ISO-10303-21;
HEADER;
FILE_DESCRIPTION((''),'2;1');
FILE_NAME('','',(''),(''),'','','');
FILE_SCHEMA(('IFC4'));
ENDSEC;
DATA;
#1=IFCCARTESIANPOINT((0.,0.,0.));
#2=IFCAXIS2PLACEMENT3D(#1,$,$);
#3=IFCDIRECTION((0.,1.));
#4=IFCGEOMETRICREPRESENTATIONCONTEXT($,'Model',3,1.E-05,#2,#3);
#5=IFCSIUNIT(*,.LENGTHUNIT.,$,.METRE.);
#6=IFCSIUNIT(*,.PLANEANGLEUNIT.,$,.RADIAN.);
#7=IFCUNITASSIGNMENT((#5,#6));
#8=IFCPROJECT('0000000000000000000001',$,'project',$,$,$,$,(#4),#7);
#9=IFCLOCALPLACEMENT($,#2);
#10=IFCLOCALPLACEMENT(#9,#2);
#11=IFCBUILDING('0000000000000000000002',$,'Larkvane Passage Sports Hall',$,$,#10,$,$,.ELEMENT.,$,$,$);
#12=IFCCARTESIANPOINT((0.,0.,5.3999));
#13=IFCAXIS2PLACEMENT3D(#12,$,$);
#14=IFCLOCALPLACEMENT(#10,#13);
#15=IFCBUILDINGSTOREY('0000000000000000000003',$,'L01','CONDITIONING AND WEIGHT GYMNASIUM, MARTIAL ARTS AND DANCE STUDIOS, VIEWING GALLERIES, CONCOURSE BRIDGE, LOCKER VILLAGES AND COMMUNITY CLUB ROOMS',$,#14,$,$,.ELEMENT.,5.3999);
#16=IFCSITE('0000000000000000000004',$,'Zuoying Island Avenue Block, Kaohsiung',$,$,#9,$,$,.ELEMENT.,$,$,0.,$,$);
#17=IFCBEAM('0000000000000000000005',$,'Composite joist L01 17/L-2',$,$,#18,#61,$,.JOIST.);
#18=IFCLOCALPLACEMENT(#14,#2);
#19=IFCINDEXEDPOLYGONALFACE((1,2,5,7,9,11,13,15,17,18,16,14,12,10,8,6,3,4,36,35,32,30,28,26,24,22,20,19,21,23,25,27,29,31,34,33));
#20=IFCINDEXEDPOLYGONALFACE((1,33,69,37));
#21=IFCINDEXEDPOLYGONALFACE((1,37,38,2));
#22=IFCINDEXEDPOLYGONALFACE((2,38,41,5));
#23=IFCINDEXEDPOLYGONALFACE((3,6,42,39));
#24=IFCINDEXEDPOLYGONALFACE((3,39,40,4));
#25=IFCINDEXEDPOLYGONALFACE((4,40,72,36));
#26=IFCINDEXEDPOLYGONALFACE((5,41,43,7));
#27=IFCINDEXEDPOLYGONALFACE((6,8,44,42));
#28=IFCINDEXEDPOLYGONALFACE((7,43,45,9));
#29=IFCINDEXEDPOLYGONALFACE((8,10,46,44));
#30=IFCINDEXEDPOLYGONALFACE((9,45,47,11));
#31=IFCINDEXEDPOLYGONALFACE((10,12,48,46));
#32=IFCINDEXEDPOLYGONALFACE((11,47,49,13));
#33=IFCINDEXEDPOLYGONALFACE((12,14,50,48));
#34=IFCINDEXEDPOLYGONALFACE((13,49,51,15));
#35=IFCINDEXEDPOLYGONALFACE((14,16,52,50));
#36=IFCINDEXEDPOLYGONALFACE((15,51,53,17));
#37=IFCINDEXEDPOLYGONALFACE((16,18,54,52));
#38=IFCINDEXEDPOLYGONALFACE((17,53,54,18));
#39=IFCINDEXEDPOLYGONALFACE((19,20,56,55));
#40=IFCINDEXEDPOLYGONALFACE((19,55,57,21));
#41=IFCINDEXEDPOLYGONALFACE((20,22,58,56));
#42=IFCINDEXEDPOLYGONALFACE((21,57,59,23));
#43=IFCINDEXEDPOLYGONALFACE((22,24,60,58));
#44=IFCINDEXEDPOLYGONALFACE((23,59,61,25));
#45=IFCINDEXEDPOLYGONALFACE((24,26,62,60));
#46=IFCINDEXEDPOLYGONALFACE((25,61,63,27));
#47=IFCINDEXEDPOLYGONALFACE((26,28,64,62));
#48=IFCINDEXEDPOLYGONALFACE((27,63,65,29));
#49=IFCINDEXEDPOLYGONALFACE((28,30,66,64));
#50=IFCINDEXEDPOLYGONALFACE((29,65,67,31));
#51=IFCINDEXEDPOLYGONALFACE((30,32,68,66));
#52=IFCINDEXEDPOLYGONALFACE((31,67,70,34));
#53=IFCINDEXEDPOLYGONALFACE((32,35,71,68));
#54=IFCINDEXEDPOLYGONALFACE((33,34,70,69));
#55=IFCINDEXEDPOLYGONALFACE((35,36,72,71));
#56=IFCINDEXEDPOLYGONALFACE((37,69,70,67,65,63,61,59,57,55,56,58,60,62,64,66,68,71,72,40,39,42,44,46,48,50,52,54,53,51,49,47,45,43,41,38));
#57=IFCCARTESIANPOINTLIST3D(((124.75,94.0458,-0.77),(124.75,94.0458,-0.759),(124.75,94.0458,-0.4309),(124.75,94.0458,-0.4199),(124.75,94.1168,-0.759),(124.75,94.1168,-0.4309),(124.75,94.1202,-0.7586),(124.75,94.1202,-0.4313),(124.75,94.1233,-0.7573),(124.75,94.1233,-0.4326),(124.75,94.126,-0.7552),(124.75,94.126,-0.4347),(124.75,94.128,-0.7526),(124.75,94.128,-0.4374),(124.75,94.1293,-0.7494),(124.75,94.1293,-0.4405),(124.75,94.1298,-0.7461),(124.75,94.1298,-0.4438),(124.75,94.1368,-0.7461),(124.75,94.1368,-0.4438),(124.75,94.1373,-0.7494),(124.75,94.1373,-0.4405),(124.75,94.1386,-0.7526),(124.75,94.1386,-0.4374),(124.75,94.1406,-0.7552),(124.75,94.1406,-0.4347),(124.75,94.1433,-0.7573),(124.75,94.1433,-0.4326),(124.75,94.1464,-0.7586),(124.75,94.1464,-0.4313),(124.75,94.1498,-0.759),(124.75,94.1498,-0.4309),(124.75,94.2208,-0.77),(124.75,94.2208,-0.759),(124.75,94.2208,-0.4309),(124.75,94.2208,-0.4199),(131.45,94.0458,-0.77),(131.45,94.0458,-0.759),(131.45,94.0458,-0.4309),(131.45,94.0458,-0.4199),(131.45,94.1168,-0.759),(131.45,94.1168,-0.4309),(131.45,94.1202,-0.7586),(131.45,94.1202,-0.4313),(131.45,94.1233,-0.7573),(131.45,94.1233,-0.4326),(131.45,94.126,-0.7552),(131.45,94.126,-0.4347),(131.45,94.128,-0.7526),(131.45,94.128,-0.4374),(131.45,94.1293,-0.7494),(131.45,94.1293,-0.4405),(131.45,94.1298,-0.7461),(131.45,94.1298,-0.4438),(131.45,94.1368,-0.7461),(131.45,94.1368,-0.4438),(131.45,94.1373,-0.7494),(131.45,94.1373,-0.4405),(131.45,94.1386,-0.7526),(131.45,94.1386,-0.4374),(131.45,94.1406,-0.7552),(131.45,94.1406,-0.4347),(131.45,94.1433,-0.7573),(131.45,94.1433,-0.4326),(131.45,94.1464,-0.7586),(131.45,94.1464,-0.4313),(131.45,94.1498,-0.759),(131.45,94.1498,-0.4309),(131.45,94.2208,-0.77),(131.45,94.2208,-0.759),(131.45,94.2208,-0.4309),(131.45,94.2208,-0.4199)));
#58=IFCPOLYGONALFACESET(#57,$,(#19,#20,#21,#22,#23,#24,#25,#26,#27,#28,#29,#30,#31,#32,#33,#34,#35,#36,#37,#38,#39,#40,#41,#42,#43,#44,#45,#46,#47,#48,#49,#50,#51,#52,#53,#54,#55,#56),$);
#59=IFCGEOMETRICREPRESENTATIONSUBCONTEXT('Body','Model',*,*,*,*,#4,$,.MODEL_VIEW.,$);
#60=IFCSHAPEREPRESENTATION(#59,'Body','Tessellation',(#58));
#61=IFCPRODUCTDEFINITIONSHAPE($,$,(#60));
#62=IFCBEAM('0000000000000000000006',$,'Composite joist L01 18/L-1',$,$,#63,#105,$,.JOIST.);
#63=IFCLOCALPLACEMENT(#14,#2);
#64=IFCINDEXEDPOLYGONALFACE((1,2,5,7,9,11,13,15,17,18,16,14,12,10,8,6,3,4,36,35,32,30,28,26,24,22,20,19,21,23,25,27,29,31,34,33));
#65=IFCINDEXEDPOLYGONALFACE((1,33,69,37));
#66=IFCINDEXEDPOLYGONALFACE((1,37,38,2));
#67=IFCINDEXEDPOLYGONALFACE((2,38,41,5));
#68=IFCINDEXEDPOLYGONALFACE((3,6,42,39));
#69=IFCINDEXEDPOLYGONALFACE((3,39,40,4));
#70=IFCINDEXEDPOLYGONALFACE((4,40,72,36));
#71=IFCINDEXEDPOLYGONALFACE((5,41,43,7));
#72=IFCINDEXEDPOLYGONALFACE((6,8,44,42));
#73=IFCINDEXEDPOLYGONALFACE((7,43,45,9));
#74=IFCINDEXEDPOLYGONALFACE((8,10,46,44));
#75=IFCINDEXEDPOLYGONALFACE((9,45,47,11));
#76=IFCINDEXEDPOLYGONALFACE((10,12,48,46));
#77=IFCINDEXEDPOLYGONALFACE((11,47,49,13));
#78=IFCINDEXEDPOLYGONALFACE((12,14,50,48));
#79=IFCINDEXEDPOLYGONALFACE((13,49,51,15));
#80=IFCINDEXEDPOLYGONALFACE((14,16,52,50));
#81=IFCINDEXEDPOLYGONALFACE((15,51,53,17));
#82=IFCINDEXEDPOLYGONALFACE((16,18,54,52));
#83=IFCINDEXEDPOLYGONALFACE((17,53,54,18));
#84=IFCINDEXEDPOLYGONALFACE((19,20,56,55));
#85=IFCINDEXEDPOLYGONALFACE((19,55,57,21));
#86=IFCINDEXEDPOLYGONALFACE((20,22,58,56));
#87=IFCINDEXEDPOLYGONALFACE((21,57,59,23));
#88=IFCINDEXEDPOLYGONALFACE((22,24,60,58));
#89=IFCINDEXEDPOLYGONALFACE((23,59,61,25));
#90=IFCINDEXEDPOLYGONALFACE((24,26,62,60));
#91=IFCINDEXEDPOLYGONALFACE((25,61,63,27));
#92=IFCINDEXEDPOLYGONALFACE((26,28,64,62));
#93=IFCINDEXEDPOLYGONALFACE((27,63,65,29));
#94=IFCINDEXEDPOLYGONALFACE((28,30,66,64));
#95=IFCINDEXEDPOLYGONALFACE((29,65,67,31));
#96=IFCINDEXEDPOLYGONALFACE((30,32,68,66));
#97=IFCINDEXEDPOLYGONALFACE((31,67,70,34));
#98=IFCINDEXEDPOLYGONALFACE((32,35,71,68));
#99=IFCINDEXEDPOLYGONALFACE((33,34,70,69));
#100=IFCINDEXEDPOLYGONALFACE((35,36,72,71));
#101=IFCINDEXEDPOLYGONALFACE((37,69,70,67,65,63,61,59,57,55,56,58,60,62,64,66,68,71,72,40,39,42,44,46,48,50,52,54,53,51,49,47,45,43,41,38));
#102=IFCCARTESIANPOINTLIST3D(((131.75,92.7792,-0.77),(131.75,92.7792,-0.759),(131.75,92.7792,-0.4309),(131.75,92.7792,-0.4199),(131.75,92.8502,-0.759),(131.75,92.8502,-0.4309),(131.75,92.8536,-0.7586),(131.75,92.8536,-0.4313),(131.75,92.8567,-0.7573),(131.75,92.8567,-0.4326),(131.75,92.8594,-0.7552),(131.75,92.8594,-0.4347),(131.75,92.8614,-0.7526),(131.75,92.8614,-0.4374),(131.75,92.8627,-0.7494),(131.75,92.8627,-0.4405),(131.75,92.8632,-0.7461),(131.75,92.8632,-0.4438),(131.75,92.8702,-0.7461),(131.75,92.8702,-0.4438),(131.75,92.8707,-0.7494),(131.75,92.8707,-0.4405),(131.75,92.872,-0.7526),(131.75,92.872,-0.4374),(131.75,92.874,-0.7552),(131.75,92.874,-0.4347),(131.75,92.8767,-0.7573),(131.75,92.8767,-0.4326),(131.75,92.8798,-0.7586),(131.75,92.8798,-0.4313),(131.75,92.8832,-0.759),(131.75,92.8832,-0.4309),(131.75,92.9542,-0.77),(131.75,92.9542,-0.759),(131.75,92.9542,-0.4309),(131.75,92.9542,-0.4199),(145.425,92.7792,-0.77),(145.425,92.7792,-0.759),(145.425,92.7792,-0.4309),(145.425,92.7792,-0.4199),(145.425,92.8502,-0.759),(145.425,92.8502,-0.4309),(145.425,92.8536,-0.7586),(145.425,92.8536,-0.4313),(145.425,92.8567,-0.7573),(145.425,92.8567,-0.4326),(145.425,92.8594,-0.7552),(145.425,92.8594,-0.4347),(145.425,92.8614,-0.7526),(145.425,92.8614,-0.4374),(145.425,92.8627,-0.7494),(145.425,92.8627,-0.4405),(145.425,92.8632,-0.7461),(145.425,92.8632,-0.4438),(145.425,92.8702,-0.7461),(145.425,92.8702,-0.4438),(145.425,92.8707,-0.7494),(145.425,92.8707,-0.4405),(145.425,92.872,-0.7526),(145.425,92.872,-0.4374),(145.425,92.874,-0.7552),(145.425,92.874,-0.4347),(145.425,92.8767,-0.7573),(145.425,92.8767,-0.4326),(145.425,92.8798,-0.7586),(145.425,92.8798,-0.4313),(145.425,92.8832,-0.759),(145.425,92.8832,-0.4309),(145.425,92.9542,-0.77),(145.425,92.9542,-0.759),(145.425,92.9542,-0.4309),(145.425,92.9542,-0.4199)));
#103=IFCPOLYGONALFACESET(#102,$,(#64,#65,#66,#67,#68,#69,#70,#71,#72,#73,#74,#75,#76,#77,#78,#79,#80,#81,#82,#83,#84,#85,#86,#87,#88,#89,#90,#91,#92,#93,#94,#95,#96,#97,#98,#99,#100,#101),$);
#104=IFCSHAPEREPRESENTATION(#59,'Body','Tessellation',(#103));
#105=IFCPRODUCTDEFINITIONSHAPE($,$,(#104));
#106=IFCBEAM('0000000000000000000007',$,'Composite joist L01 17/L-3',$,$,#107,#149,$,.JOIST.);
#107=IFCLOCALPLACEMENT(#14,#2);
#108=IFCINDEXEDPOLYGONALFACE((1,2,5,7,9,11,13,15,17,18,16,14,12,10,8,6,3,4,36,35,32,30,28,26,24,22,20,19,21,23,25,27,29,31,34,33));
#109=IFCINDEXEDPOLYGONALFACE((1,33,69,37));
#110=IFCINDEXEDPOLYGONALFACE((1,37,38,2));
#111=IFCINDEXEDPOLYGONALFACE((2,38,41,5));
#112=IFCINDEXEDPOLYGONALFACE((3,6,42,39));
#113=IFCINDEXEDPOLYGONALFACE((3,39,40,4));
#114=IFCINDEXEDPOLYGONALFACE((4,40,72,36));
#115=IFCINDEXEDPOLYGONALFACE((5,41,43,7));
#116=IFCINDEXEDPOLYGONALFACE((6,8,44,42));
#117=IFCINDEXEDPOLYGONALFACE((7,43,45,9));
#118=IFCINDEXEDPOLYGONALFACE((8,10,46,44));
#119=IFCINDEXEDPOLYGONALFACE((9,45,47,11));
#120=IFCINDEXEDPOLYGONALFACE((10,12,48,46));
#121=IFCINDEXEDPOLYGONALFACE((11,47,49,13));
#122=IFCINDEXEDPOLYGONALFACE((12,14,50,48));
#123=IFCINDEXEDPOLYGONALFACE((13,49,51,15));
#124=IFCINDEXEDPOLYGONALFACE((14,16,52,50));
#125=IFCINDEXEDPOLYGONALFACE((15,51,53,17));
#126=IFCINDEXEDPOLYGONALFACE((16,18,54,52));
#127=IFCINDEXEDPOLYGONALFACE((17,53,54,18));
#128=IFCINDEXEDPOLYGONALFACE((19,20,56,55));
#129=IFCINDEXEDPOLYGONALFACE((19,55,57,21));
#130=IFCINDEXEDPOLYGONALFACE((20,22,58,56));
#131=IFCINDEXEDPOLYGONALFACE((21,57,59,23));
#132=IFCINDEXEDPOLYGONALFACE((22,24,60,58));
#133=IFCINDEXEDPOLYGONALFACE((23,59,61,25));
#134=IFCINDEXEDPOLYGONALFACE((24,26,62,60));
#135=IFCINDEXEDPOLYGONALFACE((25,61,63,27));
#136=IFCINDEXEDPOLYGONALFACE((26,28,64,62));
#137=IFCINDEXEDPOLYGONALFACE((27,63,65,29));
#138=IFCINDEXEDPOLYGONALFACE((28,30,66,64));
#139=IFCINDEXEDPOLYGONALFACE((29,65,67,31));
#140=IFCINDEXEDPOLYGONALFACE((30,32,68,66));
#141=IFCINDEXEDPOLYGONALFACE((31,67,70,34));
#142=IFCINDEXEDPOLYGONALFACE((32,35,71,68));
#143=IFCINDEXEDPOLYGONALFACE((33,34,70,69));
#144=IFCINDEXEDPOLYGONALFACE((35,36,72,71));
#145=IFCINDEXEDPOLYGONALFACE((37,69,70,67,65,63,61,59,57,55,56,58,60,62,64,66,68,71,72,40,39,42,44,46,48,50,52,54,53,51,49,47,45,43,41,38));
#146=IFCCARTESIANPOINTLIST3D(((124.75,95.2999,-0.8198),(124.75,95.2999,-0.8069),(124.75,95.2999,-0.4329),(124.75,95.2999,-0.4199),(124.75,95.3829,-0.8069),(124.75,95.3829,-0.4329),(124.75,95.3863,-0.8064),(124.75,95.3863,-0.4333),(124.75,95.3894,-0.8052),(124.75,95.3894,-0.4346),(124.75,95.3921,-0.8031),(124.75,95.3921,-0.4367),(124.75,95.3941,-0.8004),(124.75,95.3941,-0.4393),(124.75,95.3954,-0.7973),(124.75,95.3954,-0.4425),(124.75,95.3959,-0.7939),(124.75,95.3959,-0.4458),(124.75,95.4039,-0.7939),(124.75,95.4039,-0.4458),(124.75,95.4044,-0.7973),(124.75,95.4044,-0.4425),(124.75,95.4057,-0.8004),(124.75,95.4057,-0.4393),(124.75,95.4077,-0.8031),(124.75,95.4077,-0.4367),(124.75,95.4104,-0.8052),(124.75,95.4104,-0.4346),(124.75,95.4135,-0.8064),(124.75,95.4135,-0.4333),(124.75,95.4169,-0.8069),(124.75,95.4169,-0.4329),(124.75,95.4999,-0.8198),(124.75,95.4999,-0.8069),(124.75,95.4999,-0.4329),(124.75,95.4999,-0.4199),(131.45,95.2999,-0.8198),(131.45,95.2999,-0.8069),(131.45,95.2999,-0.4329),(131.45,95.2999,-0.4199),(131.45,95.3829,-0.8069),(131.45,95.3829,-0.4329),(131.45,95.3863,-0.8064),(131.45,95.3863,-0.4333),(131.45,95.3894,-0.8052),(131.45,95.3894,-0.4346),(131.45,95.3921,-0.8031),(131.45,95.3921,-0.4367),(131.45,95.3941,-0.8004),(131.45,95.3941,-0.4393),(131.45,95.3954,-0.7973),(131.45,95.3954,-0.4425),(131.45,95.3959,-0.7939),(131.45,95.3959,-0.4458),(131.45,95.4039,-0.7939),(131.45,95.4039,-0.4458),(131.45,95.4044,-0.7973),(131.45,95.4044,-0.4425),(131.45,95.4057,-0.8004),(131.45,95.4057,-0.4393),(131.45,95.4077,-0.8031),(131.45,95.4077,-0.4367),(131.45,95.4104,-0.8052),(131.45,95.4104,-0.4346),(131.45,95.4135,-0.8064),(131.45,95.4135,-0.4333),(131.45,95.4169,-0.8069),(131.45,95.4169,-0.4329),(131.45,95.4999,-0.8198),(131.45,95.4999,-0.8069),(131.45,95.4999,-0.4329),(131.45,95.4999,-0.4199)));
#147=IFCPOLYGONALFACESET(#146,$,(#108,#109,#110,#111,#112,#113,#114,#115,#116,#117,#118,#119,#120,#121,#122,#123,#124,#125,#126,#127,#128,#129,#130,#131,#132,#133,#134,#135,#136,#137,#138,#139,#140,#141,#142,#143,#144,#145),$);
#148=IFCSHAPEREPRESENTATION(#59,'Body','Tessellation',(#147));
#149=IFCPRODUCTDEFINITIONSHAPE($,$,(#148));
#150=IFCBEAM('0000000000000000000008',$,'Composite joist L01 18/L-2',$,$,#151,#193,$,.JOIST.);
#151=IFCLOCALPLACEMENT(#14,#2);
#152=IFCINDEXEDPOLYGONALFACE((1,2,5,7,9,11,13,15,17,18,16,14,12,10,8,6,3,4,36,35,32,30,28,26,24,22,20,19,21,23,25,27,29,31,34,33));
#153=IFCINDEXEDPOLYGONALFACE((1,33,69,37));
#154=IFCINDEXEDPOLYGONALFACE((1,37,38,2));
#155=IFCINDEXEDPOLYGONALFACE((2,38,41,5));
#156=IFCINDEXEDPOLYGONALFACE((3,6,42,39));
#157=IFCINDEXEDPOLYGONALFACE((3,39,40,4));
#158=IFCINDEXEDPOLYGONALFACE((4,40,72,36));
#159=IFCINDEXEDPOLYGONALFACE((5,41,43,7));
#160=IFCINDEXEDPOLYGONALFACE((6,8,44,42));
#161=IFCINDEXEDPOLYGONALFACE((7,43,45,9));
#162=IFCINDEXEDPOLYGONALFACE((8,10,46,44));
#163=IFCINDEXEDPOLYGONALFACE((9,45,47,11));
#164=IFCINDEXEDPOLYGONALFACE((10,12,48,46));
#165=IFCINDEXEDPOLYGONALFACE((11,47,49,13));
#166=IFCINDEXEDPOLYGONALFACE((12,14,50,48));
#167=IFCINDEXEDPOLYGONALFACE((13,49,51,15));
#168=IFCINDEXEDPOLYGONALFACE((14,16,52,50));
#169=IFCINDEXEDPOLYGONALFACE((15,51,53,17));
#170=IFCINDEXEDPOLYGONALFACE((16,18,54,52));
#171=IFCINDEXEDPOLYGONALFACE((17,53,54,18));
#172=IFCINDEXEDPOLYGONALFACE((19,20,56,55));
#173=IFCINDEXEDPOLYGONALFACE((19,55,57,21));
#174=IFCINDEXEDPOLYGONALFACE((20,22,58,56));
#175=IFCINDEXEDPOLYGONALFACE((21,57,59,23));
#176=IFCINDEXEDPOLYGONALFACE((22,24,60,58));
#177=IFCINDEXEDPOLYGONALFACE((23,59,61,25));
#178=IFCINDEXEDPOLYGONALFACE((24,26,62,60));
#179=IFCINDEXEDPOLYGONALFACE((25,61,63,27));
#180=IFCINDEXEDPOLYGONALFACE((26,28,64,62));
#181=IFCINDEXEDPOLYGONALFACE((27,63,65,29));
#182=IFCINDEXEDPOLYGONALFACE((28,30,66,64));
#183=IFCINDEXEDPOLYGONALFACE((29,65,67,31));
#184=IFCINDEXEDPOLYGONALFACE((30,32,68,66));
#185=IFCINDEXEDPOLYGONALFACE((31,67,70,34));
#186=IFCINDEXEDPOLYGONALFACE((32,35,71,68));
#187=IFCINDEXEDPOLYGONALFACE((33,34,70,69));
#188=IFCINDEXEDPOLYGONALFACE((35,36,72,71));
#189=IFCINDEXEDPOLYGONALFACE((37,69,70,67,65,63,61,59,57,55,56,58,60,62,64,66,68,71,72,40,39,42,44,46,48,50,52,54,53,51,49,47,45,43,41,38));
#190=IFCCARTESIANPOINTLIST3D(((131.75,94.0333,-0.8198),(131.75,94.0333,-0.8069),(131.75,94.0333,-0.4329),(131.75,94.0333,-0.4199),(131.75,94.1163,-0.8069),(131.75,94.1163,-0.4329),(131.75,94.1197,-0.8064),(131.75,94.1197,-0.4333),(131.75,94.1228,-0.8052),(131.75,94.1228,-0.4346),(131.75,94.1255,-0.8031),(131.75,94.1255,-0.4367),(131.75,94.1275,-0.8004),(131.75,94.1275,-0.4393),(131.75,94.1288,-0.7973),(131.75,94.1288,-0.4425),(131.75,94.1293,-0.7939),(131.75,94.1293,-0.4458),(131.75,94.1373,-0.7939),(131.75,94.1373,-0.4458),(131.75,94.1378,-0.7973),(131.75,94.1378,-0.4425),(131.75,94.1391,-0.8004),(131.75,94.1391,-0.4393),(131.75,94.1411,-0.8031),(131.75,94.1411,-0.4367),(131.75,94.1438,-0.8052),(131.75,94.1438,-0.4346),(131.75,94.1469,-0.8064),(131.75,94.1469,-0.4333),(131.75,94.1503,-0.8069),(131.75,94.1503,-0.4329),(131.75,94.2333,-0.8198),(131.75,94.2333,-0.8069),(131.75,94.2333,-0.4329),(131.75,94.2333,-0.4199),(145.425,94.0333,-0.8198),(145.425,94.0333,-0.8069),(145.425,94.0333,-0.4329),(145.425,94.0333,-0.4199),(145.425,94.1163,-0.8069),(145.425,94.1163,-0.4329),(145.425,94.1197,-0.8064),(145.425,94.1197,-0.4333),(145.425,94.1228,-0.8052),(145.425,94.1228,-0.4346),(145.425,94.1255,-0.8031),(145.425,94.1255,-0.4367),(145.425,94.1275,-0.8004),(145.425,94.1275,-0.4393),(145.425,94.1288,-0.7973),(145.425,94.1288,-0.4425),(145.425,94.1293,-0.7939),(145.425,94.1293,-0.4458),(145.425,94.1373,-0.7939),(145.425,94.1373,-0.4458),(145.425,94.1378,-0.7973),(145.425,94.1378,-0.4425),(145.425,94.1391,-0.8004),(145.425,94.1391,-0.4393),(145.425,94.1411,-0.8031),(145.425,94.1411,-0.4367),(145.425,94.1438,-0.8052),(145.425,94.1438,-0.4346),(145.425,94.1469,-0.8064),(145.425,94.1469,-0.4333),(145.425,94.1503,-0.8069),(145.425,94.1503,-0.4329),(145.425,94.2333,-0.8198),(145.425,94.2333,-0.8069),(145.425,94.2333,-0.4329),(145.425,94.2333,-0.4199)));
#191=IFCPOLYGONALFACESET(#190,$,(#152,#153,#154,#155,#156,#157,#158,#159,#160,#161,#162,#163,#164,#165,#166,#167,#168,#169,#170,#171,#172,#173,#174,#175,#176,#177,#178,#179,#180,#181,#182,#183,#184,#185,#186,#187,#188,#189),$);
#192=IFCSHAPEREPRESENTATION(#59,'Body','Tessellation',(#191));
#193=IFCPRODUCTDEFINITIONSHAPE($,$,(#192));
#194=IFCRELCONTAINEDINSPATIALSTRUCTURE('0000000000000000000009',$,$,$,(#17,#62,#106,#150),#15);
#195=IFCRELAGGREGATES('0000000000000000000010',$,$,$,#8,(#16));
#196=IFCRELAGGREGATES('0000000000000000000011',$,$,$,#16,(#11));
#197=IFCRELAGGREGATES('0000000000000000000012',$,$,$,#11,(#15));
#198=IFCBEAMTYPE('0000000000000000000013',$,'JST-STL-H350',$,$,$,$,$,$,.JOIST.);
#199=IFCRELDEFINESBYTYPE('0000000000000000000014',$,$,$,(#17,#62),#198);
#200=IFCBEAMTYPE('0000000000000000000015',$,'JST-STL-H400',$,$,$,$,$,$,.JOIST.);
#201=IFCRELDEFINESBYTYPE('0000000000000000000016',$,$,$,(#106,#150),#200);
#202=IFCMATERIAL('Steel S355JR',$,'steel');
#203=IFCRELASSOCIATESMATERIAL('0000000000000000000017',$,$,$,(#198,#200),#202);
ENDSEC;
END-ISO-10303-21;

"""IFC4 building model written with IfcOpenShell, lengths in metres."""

from ifc_helpers import new_model, si_unit, direction, frame, origin, origin_2d, place, context, subcontext, project, spatial, i_section, extrude, material, material_profile, profile_set, type_object, element, save


model = new_model("IFC4")

# Units and contexts
model_context = context("Model", 3, precision=1e-05, world=origin(), true_north=direction((0.0, 1.0)))
body_context = subcontext(model_context, "Body", "Model", "MODEL_VIEW")
ifc_project = project(units=[si_unit("LENGTHUNIT", "METRE"), si_unit("PLANEANGLEUNIT", "RADIAN")], contexts=[model_context])

# Site, building, storey
site_placement = place(None, origin())
site = spatial("IfcSite", under=ifc_project, at=site_placement, Name="Zuoying Island Avenue Block, Kaohsiung", CompositionType="ELEMENT", RefElevation=0.0)
building_placement = place(site_placement, origin())
building = spatial("IfcBuilding", under=site, at=building_placement, Name="Larkvane Passage Sports Hall", CompositionType="ELEMENT")
storey_placement = place(building_placement, frame((0.0, 0.0, 5.3999)))
storey = spatial("IfcBuildingStorey", under=building, at=storey_placement, Name="L01", Description="CONDITIONING AND WEIGHT GYMNASIUM, MARTIAL ARTS AND DANCE STUDIOS, VIEWING GALLERIES, CONCOURSE BRIDGE, LOCKER VILLAGES AND COMMUNITY CLUB ROOMS", CompositionType="ELEMENT", Elevation=5.3999)

# Beams
ifc_material_1 = material(Name="Steel S355JR", Category="steel")
ifc_material_profile_1 = material_profile(ifc_material_1, i_section(OverallWidth=0.175, OverallDepth=0.3501, WebThickness=0.0071, FlangeThickness=0.011, FilletRadius=0.0129, at=origin_2d()), Name="H-350x175x7x11")
ifc_profile_set_1 = profile_set([ifc_material_profile_1], Name="Steel S355JR")
beam_type_1 = type_object("IfcBeamType", Name="JST-STL-H350", PredefinedType="JOIST", material=ifc_profile_set_1)
beam_1_placement = place(storey_placement, frame((124.75, 94.1333, -0.595), z_axis=(1.0, 0.0, 0.0), x_axis=(0.0, 1.0, 0.0)))
element("IfcBeam", 1, at=beam_1_placement, inside=storey, type_object=beam_type_1, Name="Composite joist L01 17/L-2", PredefinedType="JOIST", context=body_context, shape_type="SweptSolid", body=[
    extrude(i_section(OverallWidth=0.175, OverallDepth=0.3501, WebThickness=0.0071, FlangeThickness=0.011, FilletRadius=0.0129, at=origin_2d()), origin(), (0.0, 0.0, 1.0), 6.7),
])
beam_2_placement = place(storey_placement, frame((131.75, 92.8667, -0.595), z_axis=(1.0, 0.0, 0.0), x_axis=(0.0, 1.0, 0.0)))
element("IfcBeam", 2, at=beam_2_placement, inside=storey, type_object=beam_type_1, Name="Composite joist L01 18/L-1", PredefinedType="JOIST", context=body_context, shape_type="SweptSolid", body=[
    extrude(i_section(OverallWidth=0.175, OverallDepth=0.3501, WebThickness=0.0071, FlangeThickness=0.011, FilletRadius=0.0129, at=origin_2d()), origin(), (0.0, 0.0, 1.0), 13.675),
])
ifc_material_profile_2 = material_profile(ifc_material_1, i_section(OverallWidth=0.2, OverallDepth=0.3999, WebThickness=0.0081, FlangeThickness=0.0129, FilletRadius=0.0129, at=origin_2d()), Name="H-400x200x8x13")
ifc_profile_set_2 = profile_set([ifc_material_profile_2], Name="Steel S355JR")
beam_type_2 = type_object("IfcBeamType", Name="JST-STL-H400", PredefinedType="JOIST", material=ifc_profile_set_2)
beam_3_placement = place(storey_placement, frame((124.75, 95.3999, -0.6199), z_axis=(1.0, 0.0, 0.0), x_axis=(0.0, 1.0, 0.0)))
element("IfcBeam", 3, at=beam_3_placement, inside=storey, type_object=beam_type_2, Name="Composite joist L01 17/L-3", PredefinedType="JOIST", context=body_context, shape_type="SweptSolid", body=[
    extrude(i_section(OverallWidth=0.2, OverallDepth=0.3999, WebThickness=0.0081, FlangeThickness=0.0129, FilletRadius=0.0129, at=origin_2d()), origin(), (0.0, 0.0, 1.0), 6.7),
])
beam_4_placement = place(storey_placement, frame((131.75, 94.1333, -0.6199), z_axis=(1.0, 0.0, 0.0), x_axis=(0.0, 1.0, 0.0)))
element("IfcBeam", 4, at=beam_4_placement, inside=storey, type_object=beam_type_2, Name="Composite joist L01 18/L-2", PredefinedType="JOIST", context=body_context, shape_type="SweptSolid", body=[
    extrude(i_section(OverallWidth=0.2, OverallDepth=0.3999, WebThickness=0.0081, FlangeThickness=0.0129, FilletRadius=0.0129, at=origin_2d()), origin(), (0.0, 0.0, 1.0), 13.675),
])

save(model, "model.ifc")
